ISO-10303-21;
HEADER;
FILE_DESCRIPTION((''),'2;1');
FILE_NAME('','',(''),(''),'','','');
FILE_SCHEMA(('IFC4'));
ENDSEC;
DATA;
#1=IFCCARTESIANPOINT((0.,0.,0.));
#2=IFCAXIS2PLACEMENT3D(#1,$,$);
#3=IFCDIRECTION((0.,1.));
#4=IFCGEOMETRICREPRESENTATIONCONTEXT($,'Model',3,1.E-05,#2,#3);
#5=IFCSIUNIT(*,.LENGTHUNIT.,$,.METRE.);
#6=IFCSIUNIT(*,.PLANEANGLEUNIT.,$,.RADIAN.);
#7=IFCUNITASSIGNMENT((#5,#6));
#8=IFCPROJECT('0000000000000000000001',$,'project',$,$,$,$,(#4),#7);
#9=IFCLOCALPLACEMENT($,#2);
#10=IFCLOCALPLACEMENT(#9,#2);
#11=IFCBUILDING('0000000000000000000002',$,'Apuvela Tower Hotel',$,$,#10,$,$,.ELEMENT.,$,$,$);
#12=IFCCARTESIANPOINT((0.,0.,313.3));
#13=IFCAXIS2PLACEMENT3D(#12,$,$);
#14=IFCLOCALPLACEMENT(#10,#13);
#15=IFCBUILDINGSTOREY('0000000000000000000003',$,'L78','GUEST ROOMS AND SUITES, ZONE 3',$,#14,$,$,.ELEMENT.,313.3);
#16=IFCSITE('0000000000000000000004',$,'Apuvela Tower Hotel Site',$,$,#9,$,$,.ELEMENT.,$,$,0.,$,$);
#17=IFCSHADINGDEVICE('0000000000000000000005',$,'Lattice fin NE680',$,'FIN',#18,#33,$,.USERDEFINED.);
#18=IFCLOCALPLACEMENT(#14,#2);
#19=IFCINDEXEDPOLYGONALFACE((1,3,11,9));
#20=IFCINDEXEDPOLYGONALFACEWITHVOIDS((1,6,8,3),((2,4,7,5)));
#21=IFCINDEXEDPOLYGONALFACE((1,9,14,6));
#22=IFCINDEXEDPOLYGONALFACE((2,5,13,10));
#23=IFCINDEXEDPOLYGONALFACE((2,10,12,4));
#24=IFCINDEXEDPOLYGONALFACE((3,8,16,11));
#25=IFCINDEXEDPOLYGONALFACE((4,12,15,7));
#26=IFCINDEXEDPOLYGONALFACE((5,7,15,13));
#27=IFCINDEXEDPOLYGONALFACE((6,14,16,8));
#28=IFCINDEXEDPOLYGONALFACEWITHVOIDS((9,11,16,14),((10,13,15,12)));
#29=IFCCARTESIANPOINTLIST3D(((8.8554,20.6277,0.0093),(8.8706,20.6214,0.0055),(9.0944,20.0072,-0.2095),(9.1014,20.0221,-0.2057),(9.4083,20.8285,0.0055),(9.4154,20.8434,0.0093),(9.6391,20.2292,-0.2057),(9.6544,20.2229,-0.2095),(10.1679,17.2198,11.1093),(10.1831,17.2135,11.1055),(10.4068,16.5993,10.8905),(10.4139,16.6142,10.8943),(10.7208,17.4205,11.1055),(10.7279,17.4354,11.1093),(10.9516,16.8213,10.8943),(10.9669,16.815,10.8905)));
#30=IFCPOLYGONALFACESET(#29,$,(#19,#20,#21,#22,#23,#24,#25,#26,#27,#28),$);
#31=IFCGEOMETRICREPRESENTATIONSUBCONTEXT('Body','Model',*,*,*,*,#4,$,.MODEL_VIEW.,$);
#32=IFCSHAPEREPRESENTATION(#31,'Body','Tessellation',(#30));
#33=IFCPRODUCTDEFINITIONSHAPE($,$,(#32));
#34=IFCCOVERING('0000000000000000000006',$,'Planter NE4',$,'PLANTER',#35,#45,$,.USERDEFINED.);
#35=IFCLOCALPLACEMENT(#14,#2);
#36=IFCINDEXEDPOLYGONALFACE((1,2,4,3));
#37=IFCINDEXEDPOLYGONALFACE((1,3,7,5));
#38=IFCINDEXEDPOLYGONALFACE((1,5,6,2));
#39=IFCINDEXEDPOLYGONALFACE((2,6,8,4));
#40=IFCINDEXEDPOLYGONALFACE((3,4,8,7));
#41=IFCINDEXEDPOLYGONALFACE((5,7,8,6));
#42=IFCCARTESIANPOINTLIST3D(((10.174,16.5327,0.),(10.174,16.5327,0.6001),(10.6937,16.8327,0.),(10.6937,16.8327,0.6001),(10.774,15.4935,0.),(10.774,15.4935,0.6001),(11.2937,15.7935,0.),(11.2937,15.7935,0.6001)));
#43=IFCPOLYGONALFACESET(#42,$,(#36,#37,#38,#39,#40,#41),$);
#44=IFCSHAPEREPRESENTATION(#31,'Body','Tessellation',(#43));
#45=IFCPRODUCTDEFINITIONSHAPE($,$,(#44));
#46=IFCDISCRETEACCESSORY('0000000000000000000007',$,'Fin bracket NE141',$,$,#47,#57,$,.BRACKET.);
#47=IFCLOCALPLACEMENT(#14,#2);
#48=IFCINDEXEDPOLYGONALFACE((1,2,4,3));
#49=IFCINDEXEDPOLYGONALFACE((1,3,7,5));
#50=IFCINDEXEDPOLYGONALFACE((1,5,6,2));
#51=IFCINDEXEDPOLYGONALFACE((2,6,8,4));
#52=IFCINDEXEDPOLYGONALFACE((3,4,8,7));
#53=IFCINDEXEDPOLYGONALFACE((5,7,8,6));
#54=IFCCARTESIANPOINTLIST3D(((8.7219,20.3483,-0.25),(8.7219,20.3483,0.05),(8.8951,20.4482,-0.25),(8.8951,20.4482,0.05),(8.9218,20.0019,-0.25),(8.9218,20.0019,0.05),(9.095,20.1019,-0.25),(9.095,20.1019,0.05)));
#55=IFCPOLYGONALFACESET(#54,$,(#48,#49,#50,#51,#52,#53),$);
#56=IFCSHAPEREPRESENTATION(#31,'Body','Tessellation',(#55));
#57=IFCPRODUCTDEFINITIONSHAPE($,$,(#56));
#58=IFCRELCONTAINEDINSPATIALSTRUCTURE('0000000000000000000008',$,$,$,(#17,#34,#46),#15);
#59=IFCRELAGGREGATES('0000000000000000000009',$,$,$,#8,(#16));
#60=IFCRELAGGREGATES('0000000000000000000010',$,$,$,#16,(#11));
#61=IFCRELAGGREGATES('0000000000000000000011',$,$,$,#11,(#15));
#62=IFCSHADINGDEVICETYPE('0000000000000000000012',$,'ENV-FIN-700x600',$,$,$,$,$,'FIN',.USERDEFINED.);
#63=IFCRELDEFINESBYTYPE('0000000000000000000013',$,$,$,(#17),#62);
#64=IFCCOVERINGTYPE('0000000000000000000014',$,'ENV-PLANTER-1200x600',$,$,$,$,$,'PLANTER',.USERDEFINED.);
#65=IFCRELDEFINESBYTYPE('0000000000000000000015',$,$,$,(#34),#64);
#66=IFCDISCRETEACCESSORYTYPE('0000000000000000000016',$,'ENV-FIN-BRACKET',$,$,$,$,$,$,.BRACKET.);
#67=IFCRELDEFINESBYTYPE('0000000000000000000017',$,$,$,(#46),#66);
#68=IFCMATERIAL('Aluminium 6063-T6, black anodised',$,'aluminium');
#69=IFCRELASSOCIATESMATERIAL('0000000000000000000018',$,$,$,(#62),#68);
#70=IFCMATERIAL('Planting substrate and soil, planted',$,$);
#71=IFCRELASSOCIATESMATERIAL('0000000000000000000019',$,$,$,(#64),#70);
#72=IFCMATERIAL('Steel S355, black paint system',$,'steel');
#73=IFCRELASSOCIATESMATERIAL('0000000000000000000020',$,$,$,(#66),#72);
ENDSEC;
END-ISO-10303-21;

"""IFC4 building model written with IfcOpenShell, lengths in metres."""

from ifc_helpers import new_model, si_unit, direction, frame, origin, origin_2d, place, context, subcontext, project, spatial, rectangle, hollow_rectangle, extrude, material, material_profile, profile_set, type_object, element, save


model = new_model("IFC4")

# Units and contexts
model_context = context("Model", 3, precision=1e-05, world=origin(), true_north=direction((0.0, 1.0)))
body_context = subcontext(model_context, "Body", "Model", "MODEL_VIEW")
ifc_project = project(units=[si_unit("LENGTHUNIT", "METRE"), si_unit("PLANEANGLEUNIT", "RADIAN")], contexts=[model_context])

# Site, building, storey
site_placement = place(None, origin())
site = spatial("IfcSite", under=ifc_project, at=site_placement, Name="Apuvela Tower Hotel Site", CompositionType="ELEMENT", RefElevation=0.0)
building_placement = place(site_placement, origin())
building = spatial("IfcBuilding", under=site, at=building_placement, Name="Apuvela Tower Hotel", CompositionType="ELEMENT")
storey_placement = place(building_placement, frame((0.0, 0.0, 313.3)))
storey = spatial("IfcBuildingStorey", under=building, at=storey_placement, Name="L78", Description="GUEST ROOMS AND SUITES, ZONE 3", CompositionType="ELEMENT", Elevation=313.3)

# Shading device
ifc_material_1 = material(Name="Aluminium 6063-T6, black anodised", Category="aluminium")
ifc_material_profile_1 = material_profile(ifc_material_1, hollow_rectangle(XDim=0.6001, YDim=0.7, WallThickness=0.012, at=origin_2d()), Name="AL BOX 700x600x12")
ifc_profile_set_1 = profile_set([ifc_material_profile_1], Name="Aluminium 6063-T6, black anodised")
shading_device_type = type_object("IfcShadingDeviceType", Name="ENV-FIN-700x600", ElementType="FIN", PredefinedType="USERDEFINED", material=ifc_profile_set_1)
shading_device_placement = place(storey_placement, frame((9.2549, 20.4253, -0.1001), z_axis=(0.112319, -0.291642, 0.94991), x_axis=(0.933185, 0.359396, 0.0)))
element("IfcShadingDevice", 1, at=shading_device_placement, inside=storey, type_object=shading_device_type, Name="Lattice fin NE680", ObjectType="FIN", PredefinedType="USERDEFINED", context=body_context, shape_type="SweptSolid", body=[
    extrude(hollow_rectangle(XDim=0.6001, YDim=0.7, WallThickness=0.012, at=origin_2d()), origin(), (0.0, 0.0, 1.0), 11.6853),
])

# Covering
ifc_material_2 = material(Name="Planting substrate and soil, planted")
covering_type = type_object("IfcCoveringType", Name="ENV-PLANTER-1200x600", ElementType="PLANTER", PredefinedType="USERDEFINED", material=ifc_material_2)
covering_placement = place(storey_placement, frame((10.7339, 16.1631, 0.0), z_axis=(0.0, 0.0, 1.0), x_axis=(-0.5, 0.866025, 0.0)))
element("IfcCovering", 2, at=covering_placement, inside=storey, type_object=covering_type, Name="Planter NE4", ObjectType="PLANTER", PredefinedType="USERDEFINED", context=body_context, shape_type="SweptSolid", body=[
    extrude(rectangle(XDim=1.2, YDim=0.6001, at=origin_2d()), origin(), (0.0, 0.0, 1.0), 0.6001),
])

# Discrete accessory
ifc_material_3 = material(Name="Steel S355, black paint system", Category="steel")
discrete_accessory_type = type_object("IfcDiscreteAccessoryType", Name="ENV-FIN-BRACKET", PredefinedType="BRACKET", material=ifc_material_3)
discrete_accessory_placement = place(storey_placement, frame((8.9084, 20.2251, -0.25), z_axis=(0.0, 0.0, 1.0), x_axis=(-0.5, 0.866025, 0.0)))
element("IfcDiscreteAccessory", 3, at=discrete_accessory_placement, inside=storey, type_object=discrete_accessory_type, Name="Fin bracket NE141", PredefinedType="BRACKET", context=body_context, shape_type="SweptSolid", body=[
    extrude(rectangle(XDim=0.3999, YDim=0.2, at=origin_2d()), origin(), (0.0, 0.0, 1.0), 0.3),
])

save(model, "model.ifc")
